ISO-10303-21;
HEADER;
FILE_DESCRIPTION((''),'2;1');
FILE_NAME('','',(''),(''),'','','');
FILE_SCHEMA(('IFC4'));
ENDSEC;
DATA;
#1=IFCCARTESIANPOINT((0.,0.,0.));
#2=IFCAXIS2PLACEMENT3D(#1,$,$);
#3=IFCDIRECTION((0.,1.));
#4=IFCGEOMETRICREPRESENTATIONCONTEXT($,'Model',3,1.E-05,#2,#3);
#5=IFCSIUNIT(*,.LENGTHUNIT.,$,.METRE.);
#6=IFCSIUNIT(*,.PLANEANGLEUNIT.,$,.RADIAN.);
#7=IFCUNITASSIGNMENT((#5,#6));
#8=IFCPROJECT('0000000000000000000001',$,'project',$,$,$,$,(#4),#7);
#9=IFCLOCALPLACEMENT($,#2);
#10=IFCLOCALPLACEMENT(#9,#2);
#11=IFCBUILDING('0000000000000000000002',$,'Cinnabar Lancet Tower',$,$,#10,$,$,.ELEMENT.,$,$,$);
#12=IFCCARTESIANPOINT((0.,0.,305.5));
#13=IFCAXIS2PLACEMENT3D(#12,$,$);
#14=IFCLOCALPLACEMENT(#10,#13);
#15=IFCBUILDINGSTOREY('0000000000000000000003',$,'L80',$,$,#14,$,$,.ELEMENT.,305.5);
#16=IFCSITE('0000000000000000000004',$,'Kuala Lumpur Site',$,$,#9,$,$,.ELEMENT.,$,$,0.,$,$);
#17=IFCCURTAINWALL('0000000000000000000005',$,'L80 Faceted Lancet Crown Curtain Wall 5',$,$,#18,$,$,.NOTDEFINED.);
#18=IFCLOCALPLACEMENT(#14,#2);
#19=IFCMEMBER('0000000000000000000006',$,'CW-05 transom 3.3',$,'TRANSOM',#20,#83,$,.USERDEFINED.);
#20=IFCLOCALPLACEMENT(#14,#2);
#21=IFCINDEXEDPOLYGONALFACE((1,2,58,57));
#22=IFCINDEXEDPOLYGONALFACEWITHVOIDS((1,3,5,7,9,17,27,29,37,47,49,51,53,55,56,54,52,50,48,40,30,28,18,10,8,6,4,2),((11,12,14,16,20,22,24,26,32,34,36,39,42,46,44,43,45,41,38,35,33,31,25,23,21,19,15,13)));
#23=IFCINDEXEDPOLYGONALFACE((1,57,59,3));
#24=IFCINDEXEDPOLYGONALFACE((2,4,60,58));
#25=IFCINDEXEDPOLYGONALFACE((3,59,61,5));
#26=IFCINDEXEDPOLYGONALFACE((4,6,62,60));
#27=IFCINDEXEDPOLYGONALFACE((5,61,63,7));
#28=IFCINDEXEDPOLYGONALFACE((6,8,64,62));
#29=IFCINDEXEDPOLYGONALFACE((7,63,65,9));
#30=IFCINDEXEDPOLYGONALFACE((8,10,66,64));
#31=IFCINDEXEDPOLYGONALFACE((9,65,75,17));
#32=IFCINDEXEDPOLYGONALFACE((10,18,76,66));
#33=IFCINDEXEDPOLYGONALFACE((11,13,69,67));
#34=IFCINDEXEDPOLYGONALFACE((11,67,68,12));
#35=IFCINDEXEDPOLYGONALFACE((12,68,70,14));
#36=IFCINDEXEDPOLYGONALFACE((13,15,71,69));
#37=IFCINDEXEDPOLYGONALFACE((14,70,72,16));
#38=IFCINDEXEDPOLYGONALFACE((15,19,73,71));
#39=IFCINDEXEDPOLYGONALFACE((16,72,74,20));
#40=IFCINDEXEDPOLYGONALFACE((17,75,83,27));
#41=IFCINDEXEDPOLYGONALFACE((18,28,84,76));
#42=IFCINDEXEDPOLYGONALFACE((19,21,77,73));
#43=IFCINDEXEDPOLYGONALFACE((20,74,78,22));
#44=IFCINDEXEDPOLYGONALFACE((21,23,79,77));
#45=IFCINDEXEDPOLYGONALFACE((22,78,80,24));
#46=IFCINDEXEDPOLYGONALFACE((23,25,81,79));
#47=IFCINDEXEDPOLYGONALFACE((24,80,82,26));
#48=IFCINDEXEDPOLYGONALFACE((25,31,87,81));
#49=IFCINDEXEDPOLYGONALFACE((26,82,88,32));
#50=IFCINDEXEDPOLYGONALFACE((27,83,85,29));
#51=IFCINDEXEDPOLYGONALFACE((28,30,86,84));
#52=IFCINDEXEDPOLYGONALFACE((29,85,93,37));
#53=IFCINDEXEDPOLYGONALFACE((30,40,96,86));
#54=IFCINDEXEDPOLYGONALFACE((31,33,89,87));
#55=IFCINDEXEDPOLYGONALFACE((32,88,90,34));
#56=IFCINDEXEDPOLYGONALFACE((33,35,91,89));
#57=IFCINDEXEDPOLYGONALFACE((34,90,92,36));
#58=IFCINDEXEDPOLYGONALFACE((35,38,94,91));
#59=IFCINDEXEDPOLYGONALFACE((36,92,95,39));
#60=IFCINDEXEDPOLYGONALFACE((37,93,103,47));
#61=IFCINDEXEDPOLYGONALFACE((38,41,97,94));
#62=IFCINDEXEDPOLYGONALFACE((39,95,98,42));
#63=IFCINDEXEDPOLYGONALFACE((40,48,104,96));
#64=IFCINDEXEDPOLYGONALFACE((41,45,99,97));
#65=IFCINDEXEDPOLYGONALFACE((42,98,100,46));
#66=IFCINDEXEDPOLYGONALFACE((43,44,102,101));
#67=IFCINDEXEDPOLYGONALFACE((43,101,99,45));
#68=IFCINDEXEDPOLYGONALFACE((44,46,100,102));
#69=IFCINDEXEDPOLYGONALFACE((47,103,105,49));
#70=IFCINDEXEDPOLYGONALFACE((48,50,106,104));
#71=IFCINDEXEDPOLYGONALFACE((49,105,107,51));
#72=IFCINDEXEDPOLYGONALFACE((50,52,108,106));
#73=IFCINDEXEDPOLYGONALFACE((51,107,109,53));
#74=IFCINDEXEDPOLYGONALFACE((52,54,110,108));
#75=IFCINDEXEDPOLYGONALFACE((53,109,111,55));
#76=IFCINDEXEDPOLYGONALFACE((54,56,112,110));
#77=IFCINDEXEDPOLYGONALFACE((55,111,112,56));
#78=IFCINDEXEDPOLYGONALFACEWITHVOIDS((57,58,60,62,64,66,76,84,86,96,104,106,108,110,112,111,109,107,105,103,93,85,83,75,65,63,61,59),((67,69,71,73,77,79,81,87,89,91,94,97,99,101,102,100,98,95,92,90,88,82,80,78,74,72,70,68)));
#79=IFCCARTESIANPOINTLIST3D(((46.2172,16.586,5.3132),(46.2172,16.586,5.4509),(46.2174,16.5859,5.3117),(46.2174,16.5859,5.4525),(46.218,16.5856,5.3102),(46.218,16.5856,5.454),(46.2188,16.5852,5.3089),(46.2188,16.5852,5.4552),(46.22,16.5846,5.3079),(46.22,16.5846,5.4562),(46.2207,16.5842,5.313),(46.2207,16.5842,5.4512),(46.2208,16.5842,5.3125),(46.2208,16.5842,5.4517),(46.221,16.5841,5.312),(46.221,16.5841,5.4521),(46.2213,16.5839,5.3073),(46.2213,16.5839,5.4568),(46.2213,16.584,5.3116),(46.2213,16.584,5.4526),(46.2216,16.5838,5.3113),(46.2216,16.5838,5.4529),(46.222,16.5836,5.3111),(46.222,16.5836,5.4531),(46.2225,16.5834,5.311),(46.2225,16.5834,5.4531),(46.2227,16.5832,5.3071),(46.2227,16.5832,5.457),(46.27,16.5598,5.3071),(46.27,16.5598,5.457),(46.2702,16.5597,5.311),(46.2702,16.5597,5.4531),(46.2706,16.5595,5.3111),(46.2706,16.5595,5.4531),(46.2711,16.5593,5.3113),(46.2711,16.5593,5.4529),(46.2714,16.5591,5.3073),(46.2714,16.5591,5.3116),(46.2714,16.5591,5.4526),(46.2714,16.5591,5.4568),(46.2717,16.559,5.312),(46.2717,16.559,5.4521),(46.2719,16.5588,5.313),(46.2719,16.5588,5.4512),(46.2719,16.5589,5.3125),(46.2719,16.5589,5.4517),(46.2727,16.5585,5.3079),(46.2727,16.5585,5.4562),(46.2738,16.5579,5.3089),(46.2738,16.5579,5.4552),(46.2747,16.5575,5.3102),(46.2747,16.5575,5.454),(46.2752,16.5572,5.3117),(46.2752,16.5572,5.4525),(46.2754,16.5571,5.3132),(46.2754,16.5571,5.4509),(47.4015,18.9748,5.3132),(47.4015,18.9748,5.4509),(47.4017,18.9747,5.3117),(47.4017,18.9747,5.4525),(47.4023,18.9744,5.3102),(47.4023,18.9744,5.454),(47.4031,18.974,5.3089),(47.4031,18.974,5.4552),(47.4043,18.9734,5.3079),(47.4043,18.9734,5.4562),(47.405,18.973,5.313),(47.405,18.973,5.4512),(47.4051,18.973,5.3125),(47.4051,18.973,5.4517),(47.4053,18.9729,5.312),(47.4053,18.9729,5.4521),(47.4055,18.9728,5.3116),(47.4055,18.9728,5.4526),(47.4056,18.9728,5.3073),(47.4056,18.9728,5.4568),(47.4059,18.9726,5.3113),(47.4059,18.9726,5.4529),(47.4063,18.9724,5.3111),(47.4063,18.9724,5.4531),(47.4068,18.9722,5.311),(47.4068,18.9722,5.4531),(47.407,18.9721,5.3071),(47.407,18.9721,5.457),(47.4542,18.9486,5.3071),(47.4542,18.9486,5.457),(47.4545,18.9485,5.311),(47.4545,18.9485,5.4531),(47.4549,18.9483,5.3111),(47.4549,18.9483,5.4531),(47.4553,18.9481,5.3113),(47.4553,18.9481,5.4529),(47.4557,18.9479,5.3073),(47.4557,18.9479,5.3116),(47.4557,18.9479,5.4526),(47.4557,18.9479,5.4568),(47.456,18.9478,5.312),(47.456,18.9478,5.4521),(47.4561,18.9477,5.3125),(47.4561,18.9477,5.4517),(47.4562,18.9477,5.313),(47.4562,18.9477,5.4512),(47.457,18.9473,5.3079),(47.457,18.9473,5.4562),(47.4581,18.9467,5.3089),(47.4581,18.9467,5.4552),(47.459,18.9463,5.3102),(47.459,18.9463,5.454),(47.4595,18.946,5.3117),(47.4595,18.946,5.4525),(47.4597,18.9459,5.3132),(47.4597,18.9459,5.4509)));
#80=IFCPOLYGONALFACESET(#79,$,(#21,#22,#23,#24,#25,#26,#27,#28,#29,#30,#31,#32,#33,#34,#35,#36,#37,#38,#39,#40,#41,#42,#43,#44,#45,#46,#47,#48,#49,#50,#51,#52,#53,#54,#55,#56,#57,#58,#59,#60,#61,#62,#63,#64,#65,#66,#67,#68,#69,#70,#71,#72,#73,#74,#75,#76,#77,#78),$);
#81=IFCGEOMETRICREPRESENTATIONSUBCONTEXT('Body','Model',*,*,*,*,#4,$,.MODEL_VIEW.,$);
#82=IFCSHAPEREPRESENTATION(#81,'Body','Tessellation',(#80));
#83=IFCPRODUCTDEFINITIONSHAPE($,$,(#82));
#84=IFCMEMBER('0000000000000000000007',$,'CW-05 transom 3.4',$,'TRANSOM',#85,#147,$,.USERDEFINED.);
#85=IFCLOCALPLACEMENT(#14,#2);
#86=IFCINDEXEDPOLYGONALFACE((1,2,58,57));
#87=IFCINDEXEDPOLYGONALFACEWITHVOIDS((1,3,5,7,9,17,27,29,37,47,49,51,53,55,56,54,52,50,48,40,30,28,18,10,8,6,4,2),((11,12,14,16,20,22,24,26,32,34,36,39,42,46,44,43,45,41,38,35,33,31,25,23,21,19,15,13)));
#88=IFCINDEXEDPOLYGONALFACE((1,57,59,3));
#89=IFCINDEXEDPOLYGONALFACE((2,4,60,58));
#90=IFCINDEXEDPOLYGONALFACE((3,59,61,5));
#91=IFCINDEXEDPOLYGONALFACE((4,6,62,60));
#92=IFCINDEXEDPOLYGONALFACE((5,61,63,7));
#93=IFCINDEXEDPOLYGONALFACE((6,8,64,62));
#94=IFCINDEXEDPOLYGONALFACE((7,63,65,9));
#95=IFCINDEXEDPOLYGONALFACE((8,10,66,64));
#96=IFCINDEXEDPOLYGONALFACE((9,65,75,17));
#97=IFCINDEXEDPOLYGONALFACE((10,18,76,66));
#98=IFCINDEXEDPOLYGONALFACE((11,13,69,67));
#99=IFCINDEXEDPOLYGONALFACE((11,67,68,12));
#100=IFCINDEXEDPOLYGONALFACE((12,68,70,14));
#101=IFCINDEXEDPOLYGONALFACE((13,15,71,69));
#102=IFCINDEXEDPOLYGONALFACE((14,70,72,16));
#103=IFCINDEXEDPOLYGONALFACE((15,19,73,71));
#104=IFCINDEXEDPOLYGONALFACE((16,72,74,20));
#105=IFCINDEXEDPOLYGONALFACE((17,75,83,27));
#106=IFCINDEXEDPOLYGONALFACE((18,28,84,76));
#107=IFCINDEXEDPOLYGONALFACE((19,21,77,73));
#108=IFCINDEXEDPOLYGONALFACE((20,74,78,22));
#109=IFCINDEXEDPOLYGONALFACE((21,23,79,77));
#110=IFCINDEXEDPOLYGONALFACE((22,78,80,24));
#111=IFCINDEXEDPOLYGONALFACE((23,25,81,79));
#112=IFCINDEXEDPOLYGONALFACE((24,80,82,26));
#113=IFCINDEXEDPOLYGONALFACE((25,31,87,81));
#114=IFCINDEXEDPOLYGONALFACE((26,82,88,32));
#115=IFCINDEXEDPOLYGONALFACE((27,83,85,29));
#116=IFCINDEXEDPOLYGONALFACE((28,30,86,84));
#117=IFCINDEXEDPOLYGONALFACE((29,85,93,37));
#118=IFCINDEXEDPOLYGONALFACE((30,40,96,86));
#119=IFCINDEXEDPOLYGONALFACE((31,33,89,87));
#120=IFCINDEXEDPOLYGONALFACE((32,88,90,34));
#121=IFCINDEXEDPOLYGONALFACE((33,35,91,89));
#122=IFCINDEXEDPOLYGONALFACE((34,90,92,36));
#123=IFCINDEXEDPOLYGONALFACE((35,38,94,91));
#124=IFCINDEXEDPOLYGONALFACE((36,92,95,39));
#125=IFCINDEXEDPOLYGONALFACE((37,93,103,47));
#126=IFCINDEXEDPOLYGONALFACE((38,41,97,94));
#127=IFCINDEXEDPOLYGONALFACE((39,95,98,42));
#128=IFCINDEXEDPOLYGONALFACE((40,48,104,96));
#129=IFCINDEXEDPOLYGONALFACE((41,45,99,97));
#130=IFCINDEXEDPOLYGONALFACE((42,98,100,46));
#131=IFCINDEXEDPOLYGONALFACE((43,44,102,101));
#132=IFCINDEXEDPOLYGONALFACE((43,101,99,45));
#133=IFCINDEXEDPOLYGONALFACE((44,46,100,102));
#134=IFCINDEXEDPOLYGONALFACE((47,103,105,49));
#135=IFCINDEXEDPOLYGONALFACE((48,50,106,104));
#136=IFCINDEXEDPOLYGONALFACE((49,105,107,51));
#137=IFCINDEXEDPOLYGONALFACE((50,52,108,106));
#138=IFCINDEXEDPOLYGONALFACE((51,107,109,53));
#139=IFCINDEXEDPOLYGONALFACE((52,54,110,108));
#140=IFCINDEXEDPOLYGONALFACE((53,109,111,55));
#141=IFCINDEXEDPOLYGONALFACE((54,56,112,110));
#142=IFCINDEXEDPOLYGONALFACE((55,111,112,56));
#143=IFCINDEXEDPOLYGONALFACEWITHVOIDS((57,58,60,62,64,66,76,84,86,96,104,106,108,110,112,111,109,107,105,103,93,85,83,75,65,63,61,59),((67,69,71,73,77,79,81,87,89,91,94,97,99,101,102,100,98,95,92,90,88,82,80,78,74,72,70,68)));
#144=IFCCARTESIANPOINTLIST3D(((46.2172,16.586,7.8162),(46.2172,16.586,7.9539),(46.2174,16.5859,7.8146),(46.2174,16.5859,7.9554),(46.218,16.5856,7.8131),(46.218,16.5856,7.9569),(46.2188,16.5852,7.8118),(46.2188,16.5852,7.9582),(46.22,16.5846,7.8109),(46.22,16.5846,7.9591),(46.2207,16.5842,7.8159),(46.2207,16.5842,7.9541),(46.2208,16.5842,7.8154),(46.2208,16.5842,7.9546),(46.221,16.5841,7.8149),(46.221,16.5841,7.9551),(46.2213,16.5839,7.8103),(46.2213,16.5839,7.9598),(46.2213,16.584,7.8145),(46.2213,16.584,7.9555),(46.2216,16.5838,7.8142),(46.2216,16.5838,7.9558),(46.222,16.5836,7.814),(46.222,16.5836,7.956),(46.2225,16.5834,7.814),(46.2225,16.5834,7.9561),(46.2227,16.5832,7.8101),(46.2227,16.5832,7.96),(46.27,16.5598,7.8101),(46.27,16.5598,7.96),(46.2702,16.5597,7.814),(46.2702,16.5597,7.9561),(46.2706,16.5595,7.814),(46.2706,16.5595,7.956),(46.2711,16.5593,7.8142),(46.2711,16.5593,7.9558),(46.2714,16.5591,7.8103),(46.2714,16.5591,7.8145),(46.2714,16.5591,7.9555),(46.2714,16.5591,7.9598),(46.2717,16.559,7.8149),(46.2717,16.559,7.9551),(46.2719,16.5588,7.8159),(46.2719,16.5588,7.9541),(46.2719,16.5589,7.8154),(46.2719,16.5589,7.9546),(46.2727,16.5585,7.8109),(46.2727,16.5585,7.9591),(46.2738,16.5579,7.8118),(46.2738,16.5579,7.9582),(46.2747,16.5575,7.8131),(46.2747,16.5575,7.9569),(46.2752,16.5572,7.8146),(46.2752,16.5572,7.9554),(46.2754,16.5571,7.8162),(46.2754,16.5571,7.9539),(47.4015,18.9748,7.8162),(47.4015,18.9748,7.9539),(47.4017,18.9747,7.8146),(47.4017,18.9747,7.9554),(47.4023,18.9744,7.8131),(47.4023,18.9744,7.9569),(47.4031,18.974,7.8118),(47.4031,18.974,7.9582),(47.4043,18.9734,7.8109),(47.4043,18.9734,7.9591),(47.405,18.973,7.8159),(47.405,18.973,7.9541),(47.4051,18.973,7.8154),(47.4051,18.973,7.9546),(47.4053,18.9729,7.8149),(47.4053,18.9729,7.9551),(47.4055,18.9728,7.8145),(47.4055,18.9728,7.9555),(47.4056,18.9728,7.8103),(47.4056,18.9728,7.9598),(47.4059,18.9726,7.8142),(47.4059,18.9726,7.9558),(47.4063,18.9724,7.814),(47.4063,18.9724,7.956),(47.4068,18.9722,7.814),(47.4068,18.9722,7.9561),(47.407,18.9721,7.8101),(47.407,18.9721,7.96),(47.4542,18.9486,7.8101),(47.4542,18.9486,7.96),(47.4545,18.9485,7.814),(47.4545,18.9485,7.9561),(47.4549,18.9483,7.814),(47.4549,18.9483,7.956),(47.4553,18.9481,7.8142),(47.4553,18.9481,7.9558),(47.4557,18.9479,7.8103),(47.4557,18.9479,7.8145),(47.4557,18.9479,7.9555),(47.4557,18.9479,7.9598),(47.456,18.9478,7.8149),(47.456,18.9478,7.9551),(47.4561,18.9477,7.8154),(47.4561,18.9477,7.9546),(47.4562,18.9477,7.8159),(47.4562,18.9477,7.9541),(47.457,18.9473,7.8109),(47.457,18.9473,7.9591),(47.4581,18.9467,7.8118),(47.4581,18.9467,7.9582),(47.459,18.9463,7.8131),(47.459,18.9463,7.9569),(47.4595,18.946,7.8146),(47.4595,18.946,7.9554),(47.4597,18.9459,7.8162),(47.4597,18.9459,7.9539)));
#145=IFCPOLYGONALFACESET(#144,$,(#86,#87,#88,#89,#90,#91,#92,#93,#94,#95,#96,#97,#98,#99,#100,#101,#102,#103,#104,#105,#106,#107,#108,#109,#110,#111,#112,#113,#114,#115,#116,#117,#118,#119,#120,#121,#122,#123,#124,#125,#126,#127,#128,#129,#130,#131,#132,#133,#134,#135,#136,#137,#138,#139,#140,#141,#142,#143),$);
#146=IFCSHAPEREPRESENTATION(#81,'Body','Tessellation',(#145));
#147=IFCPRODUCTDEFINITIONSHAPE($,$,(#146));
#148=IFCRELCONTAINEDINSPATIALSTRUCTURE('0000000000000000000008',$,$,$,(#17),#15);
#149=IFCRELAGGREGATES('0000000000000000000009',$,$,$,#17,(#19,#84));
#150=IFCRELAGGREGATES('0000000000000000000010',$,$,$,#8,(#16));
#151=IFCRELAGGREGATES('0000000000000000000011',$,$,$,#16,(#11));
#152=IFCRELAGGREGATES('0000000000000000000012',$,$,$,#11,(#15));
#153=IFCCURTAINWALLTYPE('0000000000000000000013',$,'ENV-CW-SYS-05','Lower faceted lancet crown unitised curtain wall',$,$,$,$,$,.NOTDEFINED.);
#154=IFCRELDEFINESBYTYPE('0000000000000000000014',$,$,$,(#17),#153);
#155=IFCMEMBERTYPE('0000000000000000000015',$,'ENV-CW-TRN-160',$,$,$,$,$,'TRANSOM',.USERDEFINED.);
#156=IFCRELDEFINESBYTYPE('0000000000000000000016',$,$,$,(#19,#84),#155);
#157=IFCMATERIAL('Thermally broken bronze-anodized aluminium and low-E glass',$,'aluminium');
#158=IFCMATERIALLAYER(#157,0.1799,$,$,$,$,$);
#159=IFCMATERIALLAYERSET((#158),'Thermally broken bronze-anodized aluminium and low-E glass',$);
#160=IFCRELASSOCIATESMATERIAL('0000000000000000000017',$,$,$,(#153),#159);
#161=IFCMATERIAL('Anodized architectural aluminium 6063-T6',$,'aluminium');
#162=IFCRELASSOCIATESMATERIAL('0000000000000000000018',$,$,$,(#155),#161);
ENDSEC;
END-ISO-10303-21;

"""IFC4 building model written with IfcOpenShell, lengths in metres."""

from ifc_helpers import new_model, si_unit, direction, frame, origin, origin_2d, place, context, subcontext, project, spatial, hollow_rectangle, extrude, material, layer, layer_set, material_profile, profile_set, type_object, element, aggregate, save


model = new_model("IFC4")

# Units and contexts
model_context = context("Model", 3, precision=1e-05, world=origin(), true_north=direction((0.0, 1.0)))
body_context = subcontext(model_context, "Body", "Model", "MODEL_VIEW")
ifc_project = project(units=[si_unit("LENGTHUNIT", "METRE"), si_unit("PLANEANGLEUNIT", "RADIAN")], contexts=[model_context])

# Site, building, storey
site_placement = place(None, origin())
site = spatial("IfcSite", under=ifc_project, at=site_placement, Name="Kuala Lumpur Site", CompositionType="ELEMENT", RefElevation=0.0)
building_placement = place(site_placement, origin())
building = spatial("IfcBuilding", under=site, at=building_placement, Name="Cinnabar Lancet Tower", CompositionType="ELEMENT")
storey_placement = place(building_placement, frame((0.0, 0.0, 305.5)))
storey = spatial("IfcBuildingStorey", under=building, at=storey_placement, Name="L80", CompositionType="ELEMENT", Elevation=305.5)

# Curtain wall, members
ifc_material_1 = material(Name="Thermally broken bronze-anodized aluminium and low-E glass", Category="aluminium")
ifc_layer_1 = layer(ifc_material_1, 0.1799)
ifc_layer_set_1 = layer_set([ifc_layer_1], Name="Thermally broken bronze-anodized aluminium and low-E glass")
curtain_wall_type = type_object("IfcCurtainWallType", Name="ENV-CW-SYS-05", Description="Lower faceted lancet crown unitised curtain wall", PredefinedType="NOTDEFINED", material=ifc_layer_set_1)
curtain_wall_placement = place(storey_placement, origin())
curtain_wall = element("IfcCurtainWall", 1, at=curtain_wall_placement, inside=storey, type_object=curtain_wall_type, Name="L80 Faceted Lancet Crown Curtain Wall 5", PredefinedType="NOTDEFINED")
ifc_material_2 = material(Name="Anodized architectural aluminium 6063-T6", Category="aluminium")
ifc_material_profile_1 = material_profile(ifc_material_2, hollow_rectangle(XDim=0.0649, YDim=0.1499, WallThickness=0.0039, InnerFilletRadius=0.002, OuterFilletRadius=0.0061, at=origin_2d()), Name="CW-TRN 150x65x4")
ifc_profile_set_1 = profile_set([ifc_material_profile_1], Name="Anodized architectural aluminium 6063-T6")
member_type_1 = type_object("IfcMemberType", Name="ENV-CW-TRN-160", ElementType="TRANSOM", PredefinedType="USERDEFINED", material=ifc_profile_set_1)
member_1_placement = place(storey_placement, frame((46.2463, 16.5715, 5.3821), z_axis=(0.444171, 0.895942, 0.0), x_axis=(-0.895942, 0.444171, 0.0)))
member_1 = element("IfcMember", 2, at=member_1_placement, type_object=member_type_1, Name="CW-05 transom 3.3", ObjectType="TRANSOM", PredefinedType="USERDEFINED", context=body_context, shape_type="SweptSolid", body=[
    extrude(hollow_rectangle(XDim=0.0649, YDim=0.1499, WallThickness=0.0039, InnerFilletRadius=0.002, OuterFilletRadius=0.0061, at=origin_2d()), origin(), (0.0, 0.0, 1.0), 2.6663),
])
member_2_placement = place(storey_placement, frame((46.2463, 16.5715, 7.885), z_axis=(0.444171, 0.895942, 0.0), x_axis=(-0.895942, 0.444171, 0.0)))
member_2 = element("IfcMember", 3, at=member_2_placement, type_object=member_type_1, Name="CW-05 transom 3.4", ObjectType="TRANSOM", PredefinedType="USERDEFINED", context=body_context, shape_type="SweptSolid", body=[
    extrude(hollow_rectangle(XDim=0.0649, YDim=0.1499, WallThickness=0.0039, InnerFilletRadius=0.002, OuterFilletRadius=0.0061, at=origin_2d()), origin(), (0.0, 0.0, 1.0), 2.6663),
])
aggregate(curtain_wall, [member_1, member_2])

save(model, "model.ifc")
